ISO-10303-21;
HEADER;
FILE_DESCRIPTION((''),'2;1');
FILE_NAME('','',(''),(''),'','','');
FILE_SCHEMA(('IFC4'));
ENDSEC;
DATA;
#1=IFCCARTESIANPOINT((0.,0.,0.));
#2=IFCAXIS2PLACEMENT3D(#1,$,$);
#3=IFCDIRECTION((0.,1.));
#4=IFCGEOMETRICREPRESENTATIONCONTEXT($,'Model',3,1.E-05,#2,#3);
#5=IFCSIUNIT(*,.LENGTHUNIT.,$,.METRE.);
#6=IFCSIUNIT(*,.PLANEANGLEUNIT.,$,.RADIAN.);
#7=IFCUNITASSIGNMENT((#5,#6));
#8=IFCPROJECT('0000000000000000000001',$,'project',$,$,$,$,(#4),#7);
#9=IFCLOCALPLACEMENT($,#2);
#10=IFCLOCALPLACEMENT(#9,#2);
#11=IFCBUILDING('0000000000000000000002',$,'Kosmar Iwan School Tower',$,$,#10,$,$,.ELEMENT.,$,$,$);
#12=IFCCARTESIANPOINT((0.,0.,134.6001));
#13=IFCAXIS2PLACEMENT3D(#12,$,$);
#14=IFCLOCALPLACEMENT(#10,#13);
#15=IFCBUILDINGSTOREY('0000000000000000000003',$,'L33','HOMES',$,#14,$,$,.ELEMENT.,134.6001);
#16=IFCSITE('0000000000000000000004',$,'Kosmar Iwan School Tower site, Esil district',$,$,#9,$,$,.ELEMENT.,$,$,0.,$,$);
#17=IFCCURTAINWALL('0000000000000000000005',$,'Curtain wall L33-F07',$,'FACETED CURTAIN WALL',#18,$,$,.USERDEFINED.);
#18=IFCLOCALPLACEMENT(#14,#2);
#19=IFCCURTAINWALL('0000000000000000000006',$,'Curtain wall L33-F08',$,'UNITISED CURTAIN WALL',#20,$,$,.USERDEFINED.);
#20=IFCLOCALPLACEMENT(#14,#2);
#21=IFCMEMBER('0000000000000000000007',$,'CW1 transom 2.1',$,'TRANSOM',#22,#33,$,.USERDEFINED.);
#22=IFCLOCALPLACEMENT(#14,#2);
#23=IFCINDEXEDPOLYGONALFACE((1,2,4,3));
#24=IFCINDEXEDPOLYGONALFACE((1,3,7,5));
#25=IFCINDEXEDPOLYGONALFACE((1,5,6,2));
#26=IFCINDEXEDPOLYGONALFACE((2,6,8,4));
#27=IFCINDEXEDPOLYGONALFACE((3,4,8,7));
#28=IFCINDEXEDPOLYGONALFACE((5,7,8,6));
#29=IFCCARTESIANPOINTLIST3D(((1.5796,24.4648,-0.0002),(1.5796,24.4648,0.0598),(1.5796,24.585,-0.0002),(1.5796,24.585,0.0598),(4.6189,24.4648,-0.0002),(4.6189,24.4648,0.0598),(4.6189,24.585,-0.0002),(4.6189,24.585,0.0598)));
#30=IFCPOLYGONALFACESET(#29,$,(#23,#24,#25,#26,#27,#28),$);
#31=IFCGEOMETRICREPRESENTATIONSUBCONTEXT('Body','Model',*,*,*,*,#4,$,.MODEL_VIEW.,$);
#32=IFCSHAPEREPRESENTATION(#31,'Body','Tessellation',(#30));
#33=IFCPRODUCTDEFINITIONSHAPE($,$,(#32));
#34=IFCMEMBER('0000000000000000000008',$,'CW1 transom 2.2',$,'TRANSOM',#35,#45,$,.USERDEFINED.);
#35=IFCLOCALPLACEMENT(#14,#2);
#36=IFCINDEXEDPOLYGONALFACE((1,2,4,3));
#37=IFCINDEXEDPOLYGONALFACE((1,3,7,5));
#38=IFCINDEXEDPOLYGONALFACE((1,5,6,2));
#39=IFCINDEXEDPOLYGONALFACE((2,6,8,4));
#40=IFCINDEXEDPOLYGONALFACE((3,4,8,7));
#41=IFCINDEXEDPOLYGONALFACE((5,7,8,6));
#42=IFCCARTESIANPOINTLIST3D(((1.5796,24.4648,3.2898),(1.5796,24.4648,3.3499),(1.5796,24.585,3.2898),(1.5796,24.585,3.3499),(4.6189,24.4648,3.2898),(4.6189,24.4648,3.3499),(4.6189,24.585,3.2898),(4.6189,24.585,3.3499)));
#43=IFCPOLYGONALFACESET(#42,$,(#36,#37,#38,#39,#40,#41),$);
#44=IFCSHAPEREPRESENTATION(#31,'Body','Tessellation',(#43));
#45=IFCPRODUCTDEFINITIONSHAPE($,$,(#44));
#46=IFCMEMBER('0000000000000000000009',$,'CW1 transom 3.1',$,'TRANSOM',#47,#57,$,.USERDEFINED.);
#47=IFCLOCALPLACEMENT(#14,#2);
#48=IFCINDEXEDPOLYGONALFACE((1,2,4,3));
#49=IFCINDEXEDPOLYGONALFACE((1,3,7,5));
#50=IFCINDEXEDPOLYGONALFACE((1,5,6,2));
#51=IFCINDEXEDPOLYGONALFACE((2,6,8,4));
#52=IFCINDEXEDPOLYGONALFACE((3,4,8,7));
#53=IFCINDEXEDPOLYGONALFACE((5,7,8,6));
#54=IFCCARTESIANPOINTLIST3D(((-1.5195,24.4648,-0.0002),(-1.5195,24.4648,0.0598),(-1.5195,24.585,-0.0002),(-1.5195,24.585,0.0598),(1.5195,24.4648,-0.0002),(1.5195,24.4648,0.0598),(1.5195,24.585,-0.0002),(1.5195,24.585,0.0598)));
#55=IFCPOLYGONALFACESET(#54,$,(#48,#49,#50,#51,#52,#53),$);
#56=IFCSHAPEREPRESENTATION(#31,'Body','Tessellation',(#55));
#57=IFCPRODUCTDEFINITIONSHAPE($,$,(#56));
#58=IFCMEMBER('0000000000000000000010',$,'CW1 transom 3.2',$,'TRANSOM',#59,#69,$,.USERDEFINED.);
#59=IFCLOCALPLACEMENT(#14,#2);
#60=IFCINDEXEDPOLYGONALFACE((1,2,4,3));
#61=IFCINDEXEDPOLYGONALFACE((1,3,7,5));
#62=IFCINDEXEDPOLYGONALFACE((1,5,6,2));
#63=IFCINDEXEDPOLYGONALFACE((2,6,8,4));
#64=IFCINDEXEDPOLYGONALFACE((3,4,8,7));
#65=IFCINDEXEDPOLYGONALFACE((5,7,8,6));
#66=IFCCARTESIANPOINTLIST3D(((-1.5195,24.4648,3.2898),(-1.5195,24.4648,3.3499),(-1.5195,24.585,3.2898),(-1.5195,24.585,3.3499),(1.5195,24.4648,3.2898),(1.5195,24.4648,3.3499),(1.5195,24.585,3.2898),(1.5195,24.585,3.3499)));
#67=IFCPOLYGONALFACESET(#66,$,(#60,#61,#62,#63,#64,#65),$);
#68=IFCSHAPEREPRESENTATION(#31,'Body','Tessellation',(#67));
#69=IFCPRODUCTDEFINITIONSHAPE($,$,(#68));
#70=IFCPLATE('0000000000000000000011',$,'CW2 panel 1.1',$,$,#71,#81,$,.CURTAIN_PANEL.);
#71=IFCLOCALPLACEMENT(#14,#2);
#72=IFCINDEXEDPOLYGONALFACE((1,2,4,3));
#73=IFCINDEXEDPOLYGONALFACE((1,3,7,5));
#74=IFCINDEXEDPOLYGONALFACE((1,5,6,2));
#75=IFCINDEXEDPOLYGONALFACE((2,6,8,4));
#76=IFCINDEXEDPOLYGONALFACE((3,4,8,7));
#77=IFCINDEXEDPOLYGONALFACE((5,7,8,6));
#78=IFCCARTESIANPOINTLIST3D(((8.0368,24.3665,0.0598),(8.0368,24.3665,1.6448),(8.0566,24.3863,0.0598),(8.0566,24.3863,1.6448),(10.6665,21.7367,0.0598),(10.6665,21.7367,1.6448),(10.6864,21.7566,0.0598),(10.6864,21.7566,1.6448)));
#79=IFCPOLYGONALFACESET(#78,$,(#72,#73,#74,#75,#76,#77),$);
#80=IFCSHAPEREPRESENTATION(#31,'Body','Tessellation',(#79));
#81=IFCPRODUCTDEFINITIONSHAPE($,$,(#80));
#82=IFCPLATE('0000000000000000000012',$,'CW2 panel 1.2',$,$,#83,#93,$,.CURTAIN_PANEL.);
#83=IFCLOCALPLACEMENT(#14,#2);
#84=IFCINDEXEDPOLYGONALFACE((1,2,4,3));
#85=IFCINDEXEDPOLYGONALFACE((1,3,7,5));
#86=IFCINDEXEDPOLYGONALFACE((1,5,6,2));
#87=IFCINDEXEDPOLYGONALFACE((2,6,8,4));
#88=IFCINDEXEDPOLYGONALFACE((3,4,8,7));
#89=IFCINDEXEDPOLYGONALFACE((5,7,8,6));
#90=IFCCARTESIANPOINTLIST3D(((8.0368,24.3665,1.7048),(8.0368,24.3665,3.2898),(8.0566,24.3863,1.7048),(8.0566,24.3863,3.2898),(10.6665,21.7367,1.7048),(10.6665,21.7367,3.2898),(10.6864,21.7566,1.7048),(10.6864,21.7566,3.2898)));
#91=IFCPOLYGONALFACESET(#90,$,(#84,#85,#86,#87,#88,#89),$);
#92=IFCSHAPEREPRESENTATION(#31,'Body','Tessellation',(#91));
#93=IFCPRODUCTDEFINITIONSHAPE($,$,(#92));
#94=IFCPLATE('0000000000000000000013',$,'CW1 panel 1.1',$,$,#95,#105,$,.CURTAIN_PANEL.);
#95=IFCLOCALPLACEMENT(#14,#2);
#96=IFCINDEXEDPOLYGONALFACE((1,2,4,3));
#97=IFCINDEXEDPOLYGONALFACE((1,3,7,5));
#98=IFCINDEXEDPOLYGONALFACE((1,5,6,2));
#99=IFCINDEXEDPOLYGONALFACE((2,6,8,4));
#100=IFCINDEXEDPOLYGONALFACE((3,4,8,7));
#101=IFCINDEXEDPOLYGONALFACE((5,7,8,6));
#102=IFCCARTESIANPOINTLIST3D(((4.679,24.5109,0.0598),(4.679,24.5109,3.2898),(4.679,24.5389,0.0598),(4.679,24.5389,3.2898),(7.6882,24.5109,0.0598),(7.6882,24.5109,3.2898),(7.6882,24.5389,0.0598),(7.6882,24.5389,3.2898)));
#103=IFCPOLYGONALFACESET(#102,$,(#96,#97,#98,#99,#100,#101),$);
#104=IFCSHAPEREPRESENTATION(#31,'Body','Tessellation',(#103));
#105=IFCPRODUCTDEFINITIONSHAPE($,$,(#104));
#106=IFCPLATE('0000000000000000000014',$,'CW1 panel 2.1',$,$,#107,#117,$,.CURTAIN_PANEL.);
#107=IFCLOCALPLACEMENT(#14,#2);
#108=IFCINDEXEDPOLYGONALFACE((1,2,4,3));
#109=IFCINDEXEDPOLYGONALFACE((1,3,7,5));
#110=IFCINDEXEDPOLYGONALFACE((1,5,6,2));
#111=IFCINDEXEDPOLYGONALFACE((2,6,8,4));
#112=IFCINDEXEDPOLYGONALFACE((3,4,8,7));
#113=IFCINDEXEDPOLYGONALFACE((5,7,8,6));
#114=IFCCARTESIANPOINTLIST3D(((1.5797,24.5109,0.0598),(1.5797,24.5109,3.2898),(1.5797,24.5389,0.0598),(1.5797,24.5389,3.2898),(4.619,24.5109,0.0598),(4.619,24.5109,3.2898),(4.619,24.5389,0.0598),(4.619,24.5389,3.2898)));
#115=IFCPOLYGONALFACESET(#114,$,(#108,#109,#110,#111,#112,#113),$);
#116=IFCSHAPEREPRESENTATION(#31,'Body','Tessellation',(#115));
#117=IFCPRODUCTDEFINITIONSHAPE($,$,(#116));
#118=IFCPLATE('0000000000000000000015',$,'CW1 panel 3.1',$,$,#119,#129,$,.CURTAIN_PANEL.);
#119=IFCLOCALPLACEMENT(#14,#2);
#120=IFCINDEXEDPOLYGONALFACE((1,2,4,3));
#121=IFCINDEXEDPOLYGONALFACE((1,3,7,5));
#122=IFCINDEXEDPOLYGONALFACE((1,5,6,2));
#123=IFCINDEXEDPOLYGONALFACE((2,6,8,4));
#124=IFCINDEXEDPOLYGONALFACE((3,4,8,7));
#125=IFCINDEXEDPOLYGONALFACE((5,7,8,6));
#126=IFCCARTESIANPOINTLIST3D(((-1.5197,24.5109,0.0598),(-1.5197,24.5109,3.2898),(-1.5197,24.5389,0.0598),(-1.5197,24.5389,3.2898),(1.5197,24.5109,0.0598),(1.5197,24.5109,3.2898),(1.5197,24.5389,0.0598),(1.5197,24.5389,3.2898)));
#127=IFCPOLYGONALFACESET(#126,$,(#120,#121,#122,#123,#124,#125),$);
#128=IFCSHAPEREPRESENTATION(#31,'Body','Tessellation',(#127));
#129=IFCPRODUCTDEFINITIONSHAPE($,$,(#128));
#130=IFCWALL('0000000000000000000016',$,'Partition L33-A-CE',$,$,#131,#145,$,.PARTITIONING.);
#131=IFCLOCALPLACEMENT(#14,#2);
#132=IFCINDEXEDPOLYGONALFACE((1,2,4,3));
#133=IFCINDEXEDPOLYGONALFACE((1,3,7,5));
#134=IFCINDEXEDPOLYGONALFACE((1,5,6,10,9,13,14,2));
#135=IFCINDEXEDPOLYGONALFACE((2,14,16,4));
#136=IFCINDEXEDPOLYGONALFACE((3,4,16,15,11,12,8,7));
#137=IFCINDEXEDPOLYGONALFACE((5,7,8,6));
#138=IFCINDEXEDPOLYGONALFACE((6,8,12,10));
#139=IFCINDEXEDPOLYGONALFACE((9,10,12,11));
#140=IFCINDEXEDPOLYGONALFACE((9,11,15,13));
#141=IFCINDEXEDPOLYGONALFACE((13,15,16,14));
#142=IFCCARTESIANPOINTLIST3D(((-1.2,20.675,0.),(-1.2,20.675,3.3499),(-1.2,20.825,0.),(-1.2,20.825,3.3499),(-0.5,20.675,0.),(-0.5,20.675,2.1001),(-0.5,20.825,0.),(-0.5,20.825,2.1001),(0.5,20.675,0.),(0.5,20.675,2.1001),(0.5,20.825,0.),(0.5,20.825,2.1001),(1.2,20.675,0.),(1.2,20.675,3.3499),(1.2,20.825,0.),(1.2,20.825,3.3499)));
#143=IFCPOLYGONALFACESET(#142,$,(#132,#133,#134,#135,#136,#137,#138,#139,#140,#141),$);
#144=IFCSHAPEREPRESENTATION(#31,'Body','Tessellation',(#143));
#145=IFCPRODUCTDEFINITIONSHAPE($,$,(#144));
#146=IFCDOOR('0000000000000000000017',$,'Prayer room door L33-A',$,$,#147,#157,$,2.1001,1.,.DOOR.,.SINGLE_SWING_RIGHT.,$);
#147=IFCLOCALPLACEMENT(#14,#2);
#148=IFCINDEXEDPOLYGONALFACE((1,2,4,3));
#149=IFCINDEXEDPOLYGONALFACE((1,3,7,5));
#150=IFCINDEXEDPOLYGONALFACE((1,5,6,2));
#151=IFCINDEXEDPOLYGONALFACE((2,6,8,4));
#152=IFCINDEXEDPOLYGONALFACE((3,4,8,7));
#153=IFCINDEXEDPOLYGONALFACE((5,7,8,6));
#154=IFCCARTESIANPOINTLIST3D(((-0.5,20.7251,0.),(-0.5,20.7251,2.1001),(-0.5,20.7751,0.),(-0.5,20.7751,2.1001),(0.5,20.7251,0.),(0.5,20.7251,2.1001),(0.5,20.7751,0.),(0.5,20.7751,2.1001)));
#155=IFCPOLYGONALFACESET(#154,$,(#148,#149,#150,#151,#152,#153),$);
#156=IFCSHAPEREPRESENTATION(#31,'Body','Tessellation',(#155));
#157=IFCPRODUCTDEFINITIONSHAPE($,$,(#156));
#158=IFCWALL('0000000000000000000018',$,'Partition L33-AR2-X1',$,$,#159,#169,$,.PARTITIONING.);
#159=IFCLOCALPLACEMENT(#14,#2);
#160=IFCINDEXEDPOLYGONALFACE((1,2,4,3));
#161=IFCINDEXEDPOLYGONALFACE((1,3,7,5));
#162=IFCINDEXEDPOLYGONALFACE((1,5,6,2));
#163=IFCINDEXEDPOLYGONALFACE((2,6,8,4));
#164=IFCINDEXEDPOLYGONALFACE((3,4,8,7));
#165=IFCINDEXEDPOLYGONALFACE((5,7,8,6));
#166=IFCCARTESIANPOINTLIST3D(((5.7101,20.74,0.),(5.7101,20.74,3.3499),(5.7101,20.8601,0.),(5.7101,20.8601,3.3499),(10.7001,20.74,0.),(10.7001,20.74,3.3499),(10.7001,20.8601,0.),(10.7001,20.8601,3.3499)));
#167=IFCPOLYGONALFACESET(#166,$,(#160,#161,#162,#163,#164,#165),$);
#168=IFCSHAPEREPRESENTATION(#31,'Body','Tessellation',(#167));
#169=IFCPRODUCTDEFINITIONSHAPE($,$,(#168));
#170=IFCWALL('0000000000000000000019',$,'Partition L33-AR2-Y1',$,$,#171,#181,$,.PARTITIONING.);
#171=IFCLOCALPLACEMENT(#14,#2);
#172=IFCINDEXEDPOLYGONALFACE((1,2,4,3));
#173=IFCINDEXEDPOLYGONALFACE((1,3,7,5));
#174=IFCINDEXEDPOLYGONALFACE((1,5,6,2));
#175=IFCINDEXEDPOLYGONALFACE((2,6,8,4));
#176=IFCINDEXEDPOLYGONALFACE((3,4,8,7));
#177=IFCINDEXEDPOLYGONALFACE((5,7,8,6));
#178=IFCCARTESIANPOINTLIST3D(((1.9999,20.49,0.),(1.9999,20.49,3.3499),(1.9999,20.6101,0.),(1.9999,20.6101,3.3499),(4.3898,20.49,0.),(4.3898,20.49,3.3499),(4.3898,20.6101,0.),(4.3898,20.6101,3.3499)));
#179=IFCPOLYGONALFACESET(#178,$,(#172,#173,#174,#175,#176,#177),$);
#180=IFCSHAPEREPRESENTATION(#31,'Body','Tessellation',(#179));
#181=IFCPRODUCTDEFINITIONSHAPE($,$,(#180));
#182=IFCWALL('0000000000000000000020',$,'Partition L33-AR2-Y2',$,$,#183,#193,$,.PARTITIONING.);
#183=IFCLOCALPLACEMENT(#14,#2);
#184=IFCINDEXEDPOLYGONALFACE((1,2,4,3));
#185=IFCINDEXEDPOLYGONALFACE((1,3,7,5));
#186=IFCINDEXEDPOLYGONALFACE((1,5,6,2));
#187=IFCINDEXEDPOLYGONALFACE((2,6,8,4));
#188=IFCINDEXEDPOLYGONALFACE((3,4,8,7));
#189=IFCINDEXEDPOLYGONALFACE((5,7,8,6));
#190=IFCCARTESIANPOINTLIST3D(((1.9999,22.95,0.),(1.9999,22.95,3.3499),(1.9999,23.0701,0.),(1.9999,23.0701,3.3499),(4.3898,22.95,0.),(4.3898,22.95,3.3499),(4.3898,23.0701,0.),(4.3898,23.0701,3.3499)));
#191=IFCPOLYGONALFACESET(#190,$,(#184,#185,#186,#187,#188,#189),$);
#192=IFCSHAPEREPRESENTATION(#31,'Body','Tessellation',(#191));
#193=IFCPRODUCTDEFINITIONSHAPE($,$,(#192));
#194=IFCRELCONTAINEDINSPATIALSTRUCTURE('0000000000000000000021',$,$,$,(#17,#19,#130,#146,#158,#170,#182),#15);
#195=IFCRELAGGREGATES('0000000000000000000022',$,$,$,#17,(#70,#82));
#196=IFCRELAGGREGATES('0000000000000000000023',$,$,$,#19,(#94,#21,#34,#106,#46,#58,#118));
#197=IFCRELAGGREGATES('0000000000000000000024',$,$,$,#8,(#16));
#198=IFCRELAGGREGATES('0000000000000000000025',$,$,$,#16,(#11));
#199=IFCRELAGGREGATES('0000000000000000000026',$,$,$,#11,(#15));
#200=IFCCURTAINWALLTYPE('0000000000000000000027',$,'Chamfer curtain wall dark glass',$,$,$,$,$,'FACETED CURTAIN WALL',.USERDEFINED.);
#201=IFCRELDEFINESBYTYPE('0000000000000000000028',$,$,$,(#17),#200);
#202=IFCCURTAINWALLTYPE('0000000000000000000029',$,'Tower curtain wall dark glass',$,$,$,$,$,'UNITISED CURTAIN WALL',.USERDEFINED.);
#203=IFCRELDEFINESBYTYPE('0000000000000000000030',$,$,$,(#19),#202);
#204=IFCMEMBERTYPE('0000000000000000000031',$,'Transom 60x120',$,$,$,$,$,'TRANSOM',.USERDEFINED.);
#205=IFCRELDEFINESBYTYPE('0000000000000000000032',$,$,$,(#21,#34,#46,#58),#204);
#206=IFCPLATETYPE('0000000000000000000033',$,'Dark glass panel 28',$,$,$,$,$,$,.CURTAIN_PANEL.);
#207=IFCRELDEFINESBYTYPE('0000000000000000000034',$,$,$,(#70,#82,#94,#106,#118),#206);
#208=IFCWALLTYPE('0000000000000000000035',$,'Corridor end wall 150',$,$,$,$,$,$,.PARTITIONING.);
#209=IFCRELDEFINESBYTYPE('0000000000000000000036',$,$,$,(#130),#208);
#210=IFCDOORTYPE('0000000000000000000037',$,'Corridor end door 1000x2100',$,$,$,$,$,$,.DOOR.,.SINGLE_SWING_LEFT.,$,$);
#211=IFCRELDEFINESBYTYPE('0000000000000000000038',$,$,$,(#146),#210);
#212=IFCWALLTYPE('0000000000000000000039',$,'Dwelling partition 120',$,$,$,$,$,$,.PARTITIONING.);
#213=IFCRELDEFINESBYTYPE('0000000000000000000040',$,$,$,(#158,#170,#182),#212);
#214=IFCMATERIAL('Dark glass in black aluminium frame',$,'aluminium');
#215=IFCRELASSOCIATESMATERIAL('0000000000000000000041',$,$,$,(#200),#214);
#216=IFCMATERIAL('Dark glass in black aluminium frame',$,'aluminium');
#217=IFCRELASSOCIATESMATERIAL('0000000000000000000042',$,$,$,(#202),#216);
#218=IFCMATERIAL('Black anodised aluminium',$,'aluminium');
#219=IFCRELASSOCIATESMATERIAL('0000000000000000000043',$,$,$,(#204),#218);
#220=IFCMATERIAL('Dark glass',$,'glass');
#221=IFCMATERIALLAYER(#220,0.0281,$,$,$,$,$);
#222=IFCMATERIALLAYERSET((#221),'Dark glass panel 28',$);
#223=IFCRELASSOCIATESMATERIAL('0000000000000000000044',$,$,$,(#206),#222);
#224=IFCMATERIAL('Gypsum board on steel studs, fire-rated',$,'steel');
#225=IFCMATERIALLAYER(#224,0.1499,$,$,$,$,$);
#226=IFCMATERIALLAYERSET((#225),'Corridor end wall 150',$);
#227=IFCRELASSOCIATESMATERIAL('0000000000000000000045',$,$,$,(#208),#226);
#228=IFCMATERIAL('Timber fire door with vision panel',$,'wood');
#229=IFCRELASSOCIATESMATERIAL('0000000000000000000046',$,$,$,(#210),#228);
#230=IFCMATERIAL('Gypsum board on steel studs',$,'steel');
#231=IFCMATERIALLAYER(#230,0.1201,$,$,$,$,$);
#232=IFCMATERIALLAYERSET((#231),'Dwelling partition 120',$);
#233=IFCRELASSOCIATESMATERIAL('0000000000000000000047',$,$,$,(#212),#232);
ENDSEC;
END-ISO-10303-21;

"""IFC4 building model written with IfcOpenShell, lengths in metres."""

from ifc_helpers import new_model, si_unit, direction, frame, frame_2d, origin, origin_2d, place, context, subcontext, project, spatial, rectangle, extrude, material, layer, layer_set, material_profile, profile_set, type_object, element, fill, aggregate, save


model = new_model("IFC4")

# Units and contexts
model_context = context("Model", 3, precision=1e-05, world=origin(), true_north=direction((0.0, 1.0)))
body_context = subcontext(model_context, "Body", "Model", "MODEL_VIEW")
ifc_project = project(units=[si_unit("LENGTHUNIT", "METRE"), si_unit("PLANEANGLEUNIT", "RADIAN")], contexts=[model_context])

# Site, building, storey
site_placement = place(None, origin())
site = spatial("IfcSite", under=ifc_project, at=site_placement, Name="Kosmar Iwan School Tower site, Esil district", CompositionType="ELEMENT", RefElevation=0.0)
building_placement = place(site_placement, origin())
building = spatial("IfcBuilding", under=site, at=building_placement, Name="Kosmar Iwan School Tower", CompositionType="ELEMENT")
storey_placement = place(building_placement, frame((0.0, 0.0, 134.6001)))
storey = spatial("IfcBuildingStorey", under=building, at=storey_placement, Name="L33", Description="HOMES", CompositionType="ELEMENT", Elevation=134.6001)

# Curtain walls
ifc_material_1 = material(Name="Dark glass in black aluminium frame", Category="aluminium")
curtain_wall_type_1 = type_object("IfcCurtainWallType", Name="Chamfer curtain wall dark glass", ElementType="FACETED CURTAIN WALL", PredefinedType="USERDEFINED", material=ifc_material_1)
curtain_wall_1_placement = place(storey_placement, origin())
curtain_wall_1 = element("IfcCurtainWall", 1, at=curtain_wall_1_placement, inside=storey, type_object=curtain_wall_type_1, Name="Curtain wall L33-F07", ObjectType="FACETED CURTAIN WALL", PredefinedType="USERDEFINED")
ifc_material_2 = material(Name="Dark glass in black aluminium frame", Category="aluminium")
curtain_wall_type_2 = type_object("IfcCurtainWallType", Name="Tower curtain wall dark glass", ElementType="UNITISED CURTAIN WALL", PredefinedType="USERDEFINED", material=ifc_material_2)
curtain_wall_2_placement = place(storey_placement, origin())
curtain_wall_2 = element("IfcCurtainWall", 2, at=curtain_wall_2_placement, inside=storey, type_object=curtain_wall_type_2, Name="Curtain wall L33-F08", ObjectType="UNITISED CURTAIN WALL", PredefinedType="USERDEFINED")

# Members
ifc_material_3 = material(Name="Black anodised aluminium", Category="aluminium")
ifc_material_profile_1 = material_profile(ifc_material_3, rectangle(XDim=0.1201, YDim=0.0601, at=origin_2d()), Name="TRANSOM 60x120")
ifc_profile_set_1 = profile_set([ifc_material_profile_1], Name="Black anodised aluminium")
member_type_1 = type_object("IfcMemberType", Name="Transom 60x120", ElementType="TRANSOM", PredefinedType="USERDEFINED", material=ifc_profile_set_1)
member_1_placement = place(storey_placement, frame((4.6189, 24.5249, 0.0298), z_axis=(-1.0, 0.0, 0.0), x_axis=(0.0, -1.0, 0.0)))
member_1 = element("IfcMember", 3, at=member_1_placement, type_object=member_type_1, Name="CW1 transom 2.1", ObjectType="TRANSOM", PredefinedType="USERDEFINED", context=body_context, shape_type="SweptSolid", body=[
    extrude(rectangle(XDim=0.1201, YDim=0.0601, at=origin_2d()), origin(), (0.0, 0.0, 1.0), 3.0393),
])
member_2_placement = place(storey_placement, frame((4.6189, 24.5249, 3.3198), z_axis=(-1.0, 0.0, 0.0), x_axis=(0.0, -1.0, 0.0)))
member_2 = element("IfcMember", 4, at=member_2_placement, type_object=member_type_1, Name="CW1 transom 2.2", ObjectType="TRANSOM", PredefinedType="USERDEFINED", context=body_context, shape_type="SweptSolid", body=[
    extrude(rectangle(XDim=0.1201, YDim=0.0601, at=origin_2d()), origin(), (0.0, 0.0, 1.0), 3.0393),
])
member_3_placement = place(storey_placement, frame((1.5195, 24.5249, 0.0298), z_axis=(-1.0, 0.0, 0.0), x_axis=(0.0, -1.0, 0.0)))
member_3 = element("IfcMember", 5, at=member_3_placement, type_object=member_type_1, Name="CW1 transom 3.1", ObjectType="TRANSOM", PredefinedType="USERDEFINED", context=body_context, shape_type="SweptSolid", body=[
    extrude(rectangle(XDim=0.1201, YDim=0.0601, at=origin_2d()), origin(), (0.0, 0.0, 1.0), 3.0391),
])
member_4_placement = place(storey_placement, frame((1.5195, 24.5249, 3.3198), z_axis=(-1.0, 0.0, 0.0), x_axis=(0.0, -1.0, 0.0)))
member_4 = element("IfcMember", 6, at=member_4_placement, type_object=member_type_1, Name="CW1 transom 3.2", ObjectType="TRANSOM", PredefinedType="USERDEFINED", context=body_context, shape_type="SweptSolid", body=[
    extrude(rectangle(XDim=0.1201, YDim=0.0601, at=origin_2d()), origin(), (0.0, 0.0, 1.0), 3.0391),
])

# Plates
ifc_material_4 = material(Name="Dark glass", Category="glass")
ifc_layer_1 = layer(ifc_material_4, 0.0281)
ifc_layer_set_1 = layer_set([ifc_layer_1], Name="Dark glass panel 28")
plate_type = type_object("IfcPlateType", Name="Dark glass panel 28", PredefinedType="CURTAIN_PANEL", material=ifc_layer_set_1)
plate_1_placement = place(storey_placement, frame((9.3616, 23.0615, 0.0598), z_axis=(0.0, 0.0, 1.0), x_axis=(-0.707107, 0.707107, 0.0)))
plate_1 = element("IfcPlate", 7, at=plate_1_placement, type_object=plate_type, Name="CW2 panel 1.1", PredefinedType="CURTAIN_PANEL", context=body_context, shape_type="SweptSolid", body=[
    extrude(rectangle(XDim=3.719, YDim=0.0281, at=origin_2d()), origin(), (0.0, 0.0, 1.0), 1.585),
])
plate_2_placement = place(storey_placement, frame((9.3616, 23.0615, 1.7048), z_axis=(0.0, 0.0, 1.0), x_axis=(-0.707107, 0.707107, 0.0)))
plate_2 = element("IfcPlate", 8, at=plate_2_placement, type_object=plate_type, Name="CW2 panel 1.2", PredefinedType="CURTAIN_PANEL", context=body_context, shape_type="SweptSolid", body=[
    extrude(rectangle(XDim=3.719, YDim=0.0281, at=origin_2d()), origin(), (0.0, 0.0, 1.0), 1.585),
])
aggregate(curtain_wall_1, [plate_1, plate_2])
plate_3_placement = place(storey_placement, frame((6.1836, 24.5249, 0.0598), z_axis=(0.0, 0.0, 1.0), x_axis=(-1.0, 0.0, 0.0)))
plate_3 = element("IfcPlate", 9, at=plate_3_placement, type_object=plate_type, Name="CW1 panel 1.1", PredefinedType="CURTAIN_PANEL", context=body_context, shape_type="SweptSolid", body=[
    extrude(rectangle(XDim=3.0093, YDim=0.0281, at=origin_2d()), origin(), (0.0, 0.0, 1.0), 3.23),
])
plate_4_placement = place(storey_placement, frame((3.0994, 24.5249, 0.0598), z_axis=(0.0, 0.0, 1.0), x_axis=(-1.0, 0.0, 0.0)))
plate_4 = element("IfcPlate", 10, at=plate_4_placement, type_object=plate_type, Name="CW1 panel 2.1", PredefinedType="CURTAIN_PANEL", context=body_context, shape_type="SweptSolid", body=[
    extrude(rectangle(XDim=3.0393, YDim=0.0281, at=origin_2d()), origin(), (0.0, 0.0, 1.0), 3.23),
])
plate_5_placement = place(storey_placement, frame((0.0, 24.5249, 0.0598), z_axis=(0.0, 0.0, 1.0), x_axis=(-1.0, 0.0, 0.0)))
plate_5 = element("IfcPlate", 11, at=plate_5_placement, type_object=plate_type, Name="CW1 panel 3.1", PredefinedType="CURTAIN_PANEL", context=body_context, shape_type="SweptSolid", body=[
    extrude(rectangle(XDim=3.0393, YDim=0.0281, at=origin_2d()), origin(), (0.0, 0.0, 1.0), 3.23),
])
aggregate(curtain_wall_2, [plate_3, member_1, member_2, plate_4, member_3, member_4, plate_5])

# Wall, opening, door
ifc_material_5 = material(Name="Gypsum board on steel studs, fire-rated", Category="steel")
ifc_layer_2 = layer(ifc_material_5, 0.1499)
ifc_layer_set_2 = layer_set([ifc_layer_2], Name="Corridor end wall 150")
wall_type_1 = type_object("IfcWallType", Name="Corridor end wall 150", PredefinedType="PARTITIONING", material=ifc_layer_set_2)
wall_1_placement = place(storey_placement, frame((1.2, 20.75, 0.0), z_axis=(0.0, 0.0, 1.0), x_axis=(-1.0, 0.0, 0.0)))
wall_1 = element("IfcWall", 12, at=wall_1_placement, inside=storey, type_object=wall_type_1, Name="Partition L33-A-CE", PredefinedType="PARTITIONING", context=body_context, shape_type="SweptSolid", body=[
    extrude(rectangle(XDim=2.3999, YDim=0.1499, at=frame_2d((1.2, 0.0))), origin(), (0.0, 0.0, 1.0), 3.3499),
])
opening_placement = place(wall_1_placement, frame((0.7, 0.0, 0.0)))
opening = element("IfcOpeningElement", 13, at=opening_placement, cuts=wall_1, PredefinedType="OPENING", context=body_context, shape_type="SweptSolid", body=[
    extrude(rectangle(XDim=1.0, YDim=2.1001, at=frame_2d((0.5, 1.05))), frame((0.0, 0.0869, 0.0), z_axis=(0.0, -1.0, 0.0), x_axis=(1.0, 0.0, 0.0)), (0.0, 0.0, 1.0), 0.1738),
])
ifc_material_6 = material(Name="Timber fire door with vision panel", Category="wood")
door_type = type_object("IfcDoorType", Name="Corridor end door 1000x2100", OperationType="SINGLE_SWING_LEFT", PredefinedType="DOOR", material=ifc_material_6)
door_placement = place(opening_placement, origin())
door = element("IfcDoor", 14, at=door_placement, inside=storey, type_object=door_type, Name="Prayer room door L33-A", OperationType="SINGLE_SWING_RIGHT", OverallHeight=2.1001, OverallWidth=1.0, PredefinedType="DOOR", context=body_context, shape_type="SweptSolid", body=[
    extrude(rectangle(XDim=1.0, YDim=2.1001, at=frame_2d((0.5, 1.05))), frame((0.0, 0.0249, 0.0), z_axis=(0.0, -1.0, 0.0), x_axis=(1.0, 0.0, 0.0)), (0.0, 0.0, 1.0), 0.05),
])
fill(opening, door)

# Walls
ifc_material_7 = material(Name="Gypsum board on steel studs", Category="steel")
ifc_layer_3 = layer(ifc_material_7, 0.1201)
ifc_layer_set_3 = layer_set([ifc_layer_3], Name="Dwelling partition 120")
wall_type_2 = type_object("IfcWallType", Name="Dwelling partition 120", PredefinedType="PARTITIONING", material=ifc_layer_set_3)
wall_2_placement = place(storey_placement, frame((5.71, 20.8, 0.0), z_axis=(0.0, 0.0, 1.0), x_axis=(1.0, 0.0, 0.0)))
element("IfcWall", 15, at=wall_2_placement, inside=storey, type_object=wall_type_2, Name="Partition L33-AR2-X1", PredefinedType="PARTITIONING", context=body_context, shape_type="SweptSolid", body=[
    extrude(rectangle(XDim=4.99, YDim=0.1201, at=frame_2d((2.4951, 0.0))), origin(), (0.0, 0.0, 1.0), 3.3499),
])
for number, where, z_axis, x_axis, name in (
    (16, (2.0, 20.55, 0.0), (0.0, 0.0, 1.0), (1.0, 0.0, 0.0), "Partition L33-AR2-Y1"),
    (17, (2.0, 23.01, 0.0), (0.0, 0.0, 1.0), (1.0, 0.0, 0.0), "Partition L33-AR2-Y2"),
):
    element("IfcWall", number, at=place(storey_placement, frame(where, z_axis=z_axis, x_axis=x_axis)), inside=storey, type_object=wall_type_2, Name=name, PredefinedType="PARTITIONING", context=body_context, shape_type="SweptSolid", body=[
        extrude(rectangle(XDim=2.3899, YDim=0.1201, at=frame_2d((1.1948, 0.0))), origin(), (0.0, 0.0, 1.0), 3.3499),
    ])

save(model, "model.ifc")
